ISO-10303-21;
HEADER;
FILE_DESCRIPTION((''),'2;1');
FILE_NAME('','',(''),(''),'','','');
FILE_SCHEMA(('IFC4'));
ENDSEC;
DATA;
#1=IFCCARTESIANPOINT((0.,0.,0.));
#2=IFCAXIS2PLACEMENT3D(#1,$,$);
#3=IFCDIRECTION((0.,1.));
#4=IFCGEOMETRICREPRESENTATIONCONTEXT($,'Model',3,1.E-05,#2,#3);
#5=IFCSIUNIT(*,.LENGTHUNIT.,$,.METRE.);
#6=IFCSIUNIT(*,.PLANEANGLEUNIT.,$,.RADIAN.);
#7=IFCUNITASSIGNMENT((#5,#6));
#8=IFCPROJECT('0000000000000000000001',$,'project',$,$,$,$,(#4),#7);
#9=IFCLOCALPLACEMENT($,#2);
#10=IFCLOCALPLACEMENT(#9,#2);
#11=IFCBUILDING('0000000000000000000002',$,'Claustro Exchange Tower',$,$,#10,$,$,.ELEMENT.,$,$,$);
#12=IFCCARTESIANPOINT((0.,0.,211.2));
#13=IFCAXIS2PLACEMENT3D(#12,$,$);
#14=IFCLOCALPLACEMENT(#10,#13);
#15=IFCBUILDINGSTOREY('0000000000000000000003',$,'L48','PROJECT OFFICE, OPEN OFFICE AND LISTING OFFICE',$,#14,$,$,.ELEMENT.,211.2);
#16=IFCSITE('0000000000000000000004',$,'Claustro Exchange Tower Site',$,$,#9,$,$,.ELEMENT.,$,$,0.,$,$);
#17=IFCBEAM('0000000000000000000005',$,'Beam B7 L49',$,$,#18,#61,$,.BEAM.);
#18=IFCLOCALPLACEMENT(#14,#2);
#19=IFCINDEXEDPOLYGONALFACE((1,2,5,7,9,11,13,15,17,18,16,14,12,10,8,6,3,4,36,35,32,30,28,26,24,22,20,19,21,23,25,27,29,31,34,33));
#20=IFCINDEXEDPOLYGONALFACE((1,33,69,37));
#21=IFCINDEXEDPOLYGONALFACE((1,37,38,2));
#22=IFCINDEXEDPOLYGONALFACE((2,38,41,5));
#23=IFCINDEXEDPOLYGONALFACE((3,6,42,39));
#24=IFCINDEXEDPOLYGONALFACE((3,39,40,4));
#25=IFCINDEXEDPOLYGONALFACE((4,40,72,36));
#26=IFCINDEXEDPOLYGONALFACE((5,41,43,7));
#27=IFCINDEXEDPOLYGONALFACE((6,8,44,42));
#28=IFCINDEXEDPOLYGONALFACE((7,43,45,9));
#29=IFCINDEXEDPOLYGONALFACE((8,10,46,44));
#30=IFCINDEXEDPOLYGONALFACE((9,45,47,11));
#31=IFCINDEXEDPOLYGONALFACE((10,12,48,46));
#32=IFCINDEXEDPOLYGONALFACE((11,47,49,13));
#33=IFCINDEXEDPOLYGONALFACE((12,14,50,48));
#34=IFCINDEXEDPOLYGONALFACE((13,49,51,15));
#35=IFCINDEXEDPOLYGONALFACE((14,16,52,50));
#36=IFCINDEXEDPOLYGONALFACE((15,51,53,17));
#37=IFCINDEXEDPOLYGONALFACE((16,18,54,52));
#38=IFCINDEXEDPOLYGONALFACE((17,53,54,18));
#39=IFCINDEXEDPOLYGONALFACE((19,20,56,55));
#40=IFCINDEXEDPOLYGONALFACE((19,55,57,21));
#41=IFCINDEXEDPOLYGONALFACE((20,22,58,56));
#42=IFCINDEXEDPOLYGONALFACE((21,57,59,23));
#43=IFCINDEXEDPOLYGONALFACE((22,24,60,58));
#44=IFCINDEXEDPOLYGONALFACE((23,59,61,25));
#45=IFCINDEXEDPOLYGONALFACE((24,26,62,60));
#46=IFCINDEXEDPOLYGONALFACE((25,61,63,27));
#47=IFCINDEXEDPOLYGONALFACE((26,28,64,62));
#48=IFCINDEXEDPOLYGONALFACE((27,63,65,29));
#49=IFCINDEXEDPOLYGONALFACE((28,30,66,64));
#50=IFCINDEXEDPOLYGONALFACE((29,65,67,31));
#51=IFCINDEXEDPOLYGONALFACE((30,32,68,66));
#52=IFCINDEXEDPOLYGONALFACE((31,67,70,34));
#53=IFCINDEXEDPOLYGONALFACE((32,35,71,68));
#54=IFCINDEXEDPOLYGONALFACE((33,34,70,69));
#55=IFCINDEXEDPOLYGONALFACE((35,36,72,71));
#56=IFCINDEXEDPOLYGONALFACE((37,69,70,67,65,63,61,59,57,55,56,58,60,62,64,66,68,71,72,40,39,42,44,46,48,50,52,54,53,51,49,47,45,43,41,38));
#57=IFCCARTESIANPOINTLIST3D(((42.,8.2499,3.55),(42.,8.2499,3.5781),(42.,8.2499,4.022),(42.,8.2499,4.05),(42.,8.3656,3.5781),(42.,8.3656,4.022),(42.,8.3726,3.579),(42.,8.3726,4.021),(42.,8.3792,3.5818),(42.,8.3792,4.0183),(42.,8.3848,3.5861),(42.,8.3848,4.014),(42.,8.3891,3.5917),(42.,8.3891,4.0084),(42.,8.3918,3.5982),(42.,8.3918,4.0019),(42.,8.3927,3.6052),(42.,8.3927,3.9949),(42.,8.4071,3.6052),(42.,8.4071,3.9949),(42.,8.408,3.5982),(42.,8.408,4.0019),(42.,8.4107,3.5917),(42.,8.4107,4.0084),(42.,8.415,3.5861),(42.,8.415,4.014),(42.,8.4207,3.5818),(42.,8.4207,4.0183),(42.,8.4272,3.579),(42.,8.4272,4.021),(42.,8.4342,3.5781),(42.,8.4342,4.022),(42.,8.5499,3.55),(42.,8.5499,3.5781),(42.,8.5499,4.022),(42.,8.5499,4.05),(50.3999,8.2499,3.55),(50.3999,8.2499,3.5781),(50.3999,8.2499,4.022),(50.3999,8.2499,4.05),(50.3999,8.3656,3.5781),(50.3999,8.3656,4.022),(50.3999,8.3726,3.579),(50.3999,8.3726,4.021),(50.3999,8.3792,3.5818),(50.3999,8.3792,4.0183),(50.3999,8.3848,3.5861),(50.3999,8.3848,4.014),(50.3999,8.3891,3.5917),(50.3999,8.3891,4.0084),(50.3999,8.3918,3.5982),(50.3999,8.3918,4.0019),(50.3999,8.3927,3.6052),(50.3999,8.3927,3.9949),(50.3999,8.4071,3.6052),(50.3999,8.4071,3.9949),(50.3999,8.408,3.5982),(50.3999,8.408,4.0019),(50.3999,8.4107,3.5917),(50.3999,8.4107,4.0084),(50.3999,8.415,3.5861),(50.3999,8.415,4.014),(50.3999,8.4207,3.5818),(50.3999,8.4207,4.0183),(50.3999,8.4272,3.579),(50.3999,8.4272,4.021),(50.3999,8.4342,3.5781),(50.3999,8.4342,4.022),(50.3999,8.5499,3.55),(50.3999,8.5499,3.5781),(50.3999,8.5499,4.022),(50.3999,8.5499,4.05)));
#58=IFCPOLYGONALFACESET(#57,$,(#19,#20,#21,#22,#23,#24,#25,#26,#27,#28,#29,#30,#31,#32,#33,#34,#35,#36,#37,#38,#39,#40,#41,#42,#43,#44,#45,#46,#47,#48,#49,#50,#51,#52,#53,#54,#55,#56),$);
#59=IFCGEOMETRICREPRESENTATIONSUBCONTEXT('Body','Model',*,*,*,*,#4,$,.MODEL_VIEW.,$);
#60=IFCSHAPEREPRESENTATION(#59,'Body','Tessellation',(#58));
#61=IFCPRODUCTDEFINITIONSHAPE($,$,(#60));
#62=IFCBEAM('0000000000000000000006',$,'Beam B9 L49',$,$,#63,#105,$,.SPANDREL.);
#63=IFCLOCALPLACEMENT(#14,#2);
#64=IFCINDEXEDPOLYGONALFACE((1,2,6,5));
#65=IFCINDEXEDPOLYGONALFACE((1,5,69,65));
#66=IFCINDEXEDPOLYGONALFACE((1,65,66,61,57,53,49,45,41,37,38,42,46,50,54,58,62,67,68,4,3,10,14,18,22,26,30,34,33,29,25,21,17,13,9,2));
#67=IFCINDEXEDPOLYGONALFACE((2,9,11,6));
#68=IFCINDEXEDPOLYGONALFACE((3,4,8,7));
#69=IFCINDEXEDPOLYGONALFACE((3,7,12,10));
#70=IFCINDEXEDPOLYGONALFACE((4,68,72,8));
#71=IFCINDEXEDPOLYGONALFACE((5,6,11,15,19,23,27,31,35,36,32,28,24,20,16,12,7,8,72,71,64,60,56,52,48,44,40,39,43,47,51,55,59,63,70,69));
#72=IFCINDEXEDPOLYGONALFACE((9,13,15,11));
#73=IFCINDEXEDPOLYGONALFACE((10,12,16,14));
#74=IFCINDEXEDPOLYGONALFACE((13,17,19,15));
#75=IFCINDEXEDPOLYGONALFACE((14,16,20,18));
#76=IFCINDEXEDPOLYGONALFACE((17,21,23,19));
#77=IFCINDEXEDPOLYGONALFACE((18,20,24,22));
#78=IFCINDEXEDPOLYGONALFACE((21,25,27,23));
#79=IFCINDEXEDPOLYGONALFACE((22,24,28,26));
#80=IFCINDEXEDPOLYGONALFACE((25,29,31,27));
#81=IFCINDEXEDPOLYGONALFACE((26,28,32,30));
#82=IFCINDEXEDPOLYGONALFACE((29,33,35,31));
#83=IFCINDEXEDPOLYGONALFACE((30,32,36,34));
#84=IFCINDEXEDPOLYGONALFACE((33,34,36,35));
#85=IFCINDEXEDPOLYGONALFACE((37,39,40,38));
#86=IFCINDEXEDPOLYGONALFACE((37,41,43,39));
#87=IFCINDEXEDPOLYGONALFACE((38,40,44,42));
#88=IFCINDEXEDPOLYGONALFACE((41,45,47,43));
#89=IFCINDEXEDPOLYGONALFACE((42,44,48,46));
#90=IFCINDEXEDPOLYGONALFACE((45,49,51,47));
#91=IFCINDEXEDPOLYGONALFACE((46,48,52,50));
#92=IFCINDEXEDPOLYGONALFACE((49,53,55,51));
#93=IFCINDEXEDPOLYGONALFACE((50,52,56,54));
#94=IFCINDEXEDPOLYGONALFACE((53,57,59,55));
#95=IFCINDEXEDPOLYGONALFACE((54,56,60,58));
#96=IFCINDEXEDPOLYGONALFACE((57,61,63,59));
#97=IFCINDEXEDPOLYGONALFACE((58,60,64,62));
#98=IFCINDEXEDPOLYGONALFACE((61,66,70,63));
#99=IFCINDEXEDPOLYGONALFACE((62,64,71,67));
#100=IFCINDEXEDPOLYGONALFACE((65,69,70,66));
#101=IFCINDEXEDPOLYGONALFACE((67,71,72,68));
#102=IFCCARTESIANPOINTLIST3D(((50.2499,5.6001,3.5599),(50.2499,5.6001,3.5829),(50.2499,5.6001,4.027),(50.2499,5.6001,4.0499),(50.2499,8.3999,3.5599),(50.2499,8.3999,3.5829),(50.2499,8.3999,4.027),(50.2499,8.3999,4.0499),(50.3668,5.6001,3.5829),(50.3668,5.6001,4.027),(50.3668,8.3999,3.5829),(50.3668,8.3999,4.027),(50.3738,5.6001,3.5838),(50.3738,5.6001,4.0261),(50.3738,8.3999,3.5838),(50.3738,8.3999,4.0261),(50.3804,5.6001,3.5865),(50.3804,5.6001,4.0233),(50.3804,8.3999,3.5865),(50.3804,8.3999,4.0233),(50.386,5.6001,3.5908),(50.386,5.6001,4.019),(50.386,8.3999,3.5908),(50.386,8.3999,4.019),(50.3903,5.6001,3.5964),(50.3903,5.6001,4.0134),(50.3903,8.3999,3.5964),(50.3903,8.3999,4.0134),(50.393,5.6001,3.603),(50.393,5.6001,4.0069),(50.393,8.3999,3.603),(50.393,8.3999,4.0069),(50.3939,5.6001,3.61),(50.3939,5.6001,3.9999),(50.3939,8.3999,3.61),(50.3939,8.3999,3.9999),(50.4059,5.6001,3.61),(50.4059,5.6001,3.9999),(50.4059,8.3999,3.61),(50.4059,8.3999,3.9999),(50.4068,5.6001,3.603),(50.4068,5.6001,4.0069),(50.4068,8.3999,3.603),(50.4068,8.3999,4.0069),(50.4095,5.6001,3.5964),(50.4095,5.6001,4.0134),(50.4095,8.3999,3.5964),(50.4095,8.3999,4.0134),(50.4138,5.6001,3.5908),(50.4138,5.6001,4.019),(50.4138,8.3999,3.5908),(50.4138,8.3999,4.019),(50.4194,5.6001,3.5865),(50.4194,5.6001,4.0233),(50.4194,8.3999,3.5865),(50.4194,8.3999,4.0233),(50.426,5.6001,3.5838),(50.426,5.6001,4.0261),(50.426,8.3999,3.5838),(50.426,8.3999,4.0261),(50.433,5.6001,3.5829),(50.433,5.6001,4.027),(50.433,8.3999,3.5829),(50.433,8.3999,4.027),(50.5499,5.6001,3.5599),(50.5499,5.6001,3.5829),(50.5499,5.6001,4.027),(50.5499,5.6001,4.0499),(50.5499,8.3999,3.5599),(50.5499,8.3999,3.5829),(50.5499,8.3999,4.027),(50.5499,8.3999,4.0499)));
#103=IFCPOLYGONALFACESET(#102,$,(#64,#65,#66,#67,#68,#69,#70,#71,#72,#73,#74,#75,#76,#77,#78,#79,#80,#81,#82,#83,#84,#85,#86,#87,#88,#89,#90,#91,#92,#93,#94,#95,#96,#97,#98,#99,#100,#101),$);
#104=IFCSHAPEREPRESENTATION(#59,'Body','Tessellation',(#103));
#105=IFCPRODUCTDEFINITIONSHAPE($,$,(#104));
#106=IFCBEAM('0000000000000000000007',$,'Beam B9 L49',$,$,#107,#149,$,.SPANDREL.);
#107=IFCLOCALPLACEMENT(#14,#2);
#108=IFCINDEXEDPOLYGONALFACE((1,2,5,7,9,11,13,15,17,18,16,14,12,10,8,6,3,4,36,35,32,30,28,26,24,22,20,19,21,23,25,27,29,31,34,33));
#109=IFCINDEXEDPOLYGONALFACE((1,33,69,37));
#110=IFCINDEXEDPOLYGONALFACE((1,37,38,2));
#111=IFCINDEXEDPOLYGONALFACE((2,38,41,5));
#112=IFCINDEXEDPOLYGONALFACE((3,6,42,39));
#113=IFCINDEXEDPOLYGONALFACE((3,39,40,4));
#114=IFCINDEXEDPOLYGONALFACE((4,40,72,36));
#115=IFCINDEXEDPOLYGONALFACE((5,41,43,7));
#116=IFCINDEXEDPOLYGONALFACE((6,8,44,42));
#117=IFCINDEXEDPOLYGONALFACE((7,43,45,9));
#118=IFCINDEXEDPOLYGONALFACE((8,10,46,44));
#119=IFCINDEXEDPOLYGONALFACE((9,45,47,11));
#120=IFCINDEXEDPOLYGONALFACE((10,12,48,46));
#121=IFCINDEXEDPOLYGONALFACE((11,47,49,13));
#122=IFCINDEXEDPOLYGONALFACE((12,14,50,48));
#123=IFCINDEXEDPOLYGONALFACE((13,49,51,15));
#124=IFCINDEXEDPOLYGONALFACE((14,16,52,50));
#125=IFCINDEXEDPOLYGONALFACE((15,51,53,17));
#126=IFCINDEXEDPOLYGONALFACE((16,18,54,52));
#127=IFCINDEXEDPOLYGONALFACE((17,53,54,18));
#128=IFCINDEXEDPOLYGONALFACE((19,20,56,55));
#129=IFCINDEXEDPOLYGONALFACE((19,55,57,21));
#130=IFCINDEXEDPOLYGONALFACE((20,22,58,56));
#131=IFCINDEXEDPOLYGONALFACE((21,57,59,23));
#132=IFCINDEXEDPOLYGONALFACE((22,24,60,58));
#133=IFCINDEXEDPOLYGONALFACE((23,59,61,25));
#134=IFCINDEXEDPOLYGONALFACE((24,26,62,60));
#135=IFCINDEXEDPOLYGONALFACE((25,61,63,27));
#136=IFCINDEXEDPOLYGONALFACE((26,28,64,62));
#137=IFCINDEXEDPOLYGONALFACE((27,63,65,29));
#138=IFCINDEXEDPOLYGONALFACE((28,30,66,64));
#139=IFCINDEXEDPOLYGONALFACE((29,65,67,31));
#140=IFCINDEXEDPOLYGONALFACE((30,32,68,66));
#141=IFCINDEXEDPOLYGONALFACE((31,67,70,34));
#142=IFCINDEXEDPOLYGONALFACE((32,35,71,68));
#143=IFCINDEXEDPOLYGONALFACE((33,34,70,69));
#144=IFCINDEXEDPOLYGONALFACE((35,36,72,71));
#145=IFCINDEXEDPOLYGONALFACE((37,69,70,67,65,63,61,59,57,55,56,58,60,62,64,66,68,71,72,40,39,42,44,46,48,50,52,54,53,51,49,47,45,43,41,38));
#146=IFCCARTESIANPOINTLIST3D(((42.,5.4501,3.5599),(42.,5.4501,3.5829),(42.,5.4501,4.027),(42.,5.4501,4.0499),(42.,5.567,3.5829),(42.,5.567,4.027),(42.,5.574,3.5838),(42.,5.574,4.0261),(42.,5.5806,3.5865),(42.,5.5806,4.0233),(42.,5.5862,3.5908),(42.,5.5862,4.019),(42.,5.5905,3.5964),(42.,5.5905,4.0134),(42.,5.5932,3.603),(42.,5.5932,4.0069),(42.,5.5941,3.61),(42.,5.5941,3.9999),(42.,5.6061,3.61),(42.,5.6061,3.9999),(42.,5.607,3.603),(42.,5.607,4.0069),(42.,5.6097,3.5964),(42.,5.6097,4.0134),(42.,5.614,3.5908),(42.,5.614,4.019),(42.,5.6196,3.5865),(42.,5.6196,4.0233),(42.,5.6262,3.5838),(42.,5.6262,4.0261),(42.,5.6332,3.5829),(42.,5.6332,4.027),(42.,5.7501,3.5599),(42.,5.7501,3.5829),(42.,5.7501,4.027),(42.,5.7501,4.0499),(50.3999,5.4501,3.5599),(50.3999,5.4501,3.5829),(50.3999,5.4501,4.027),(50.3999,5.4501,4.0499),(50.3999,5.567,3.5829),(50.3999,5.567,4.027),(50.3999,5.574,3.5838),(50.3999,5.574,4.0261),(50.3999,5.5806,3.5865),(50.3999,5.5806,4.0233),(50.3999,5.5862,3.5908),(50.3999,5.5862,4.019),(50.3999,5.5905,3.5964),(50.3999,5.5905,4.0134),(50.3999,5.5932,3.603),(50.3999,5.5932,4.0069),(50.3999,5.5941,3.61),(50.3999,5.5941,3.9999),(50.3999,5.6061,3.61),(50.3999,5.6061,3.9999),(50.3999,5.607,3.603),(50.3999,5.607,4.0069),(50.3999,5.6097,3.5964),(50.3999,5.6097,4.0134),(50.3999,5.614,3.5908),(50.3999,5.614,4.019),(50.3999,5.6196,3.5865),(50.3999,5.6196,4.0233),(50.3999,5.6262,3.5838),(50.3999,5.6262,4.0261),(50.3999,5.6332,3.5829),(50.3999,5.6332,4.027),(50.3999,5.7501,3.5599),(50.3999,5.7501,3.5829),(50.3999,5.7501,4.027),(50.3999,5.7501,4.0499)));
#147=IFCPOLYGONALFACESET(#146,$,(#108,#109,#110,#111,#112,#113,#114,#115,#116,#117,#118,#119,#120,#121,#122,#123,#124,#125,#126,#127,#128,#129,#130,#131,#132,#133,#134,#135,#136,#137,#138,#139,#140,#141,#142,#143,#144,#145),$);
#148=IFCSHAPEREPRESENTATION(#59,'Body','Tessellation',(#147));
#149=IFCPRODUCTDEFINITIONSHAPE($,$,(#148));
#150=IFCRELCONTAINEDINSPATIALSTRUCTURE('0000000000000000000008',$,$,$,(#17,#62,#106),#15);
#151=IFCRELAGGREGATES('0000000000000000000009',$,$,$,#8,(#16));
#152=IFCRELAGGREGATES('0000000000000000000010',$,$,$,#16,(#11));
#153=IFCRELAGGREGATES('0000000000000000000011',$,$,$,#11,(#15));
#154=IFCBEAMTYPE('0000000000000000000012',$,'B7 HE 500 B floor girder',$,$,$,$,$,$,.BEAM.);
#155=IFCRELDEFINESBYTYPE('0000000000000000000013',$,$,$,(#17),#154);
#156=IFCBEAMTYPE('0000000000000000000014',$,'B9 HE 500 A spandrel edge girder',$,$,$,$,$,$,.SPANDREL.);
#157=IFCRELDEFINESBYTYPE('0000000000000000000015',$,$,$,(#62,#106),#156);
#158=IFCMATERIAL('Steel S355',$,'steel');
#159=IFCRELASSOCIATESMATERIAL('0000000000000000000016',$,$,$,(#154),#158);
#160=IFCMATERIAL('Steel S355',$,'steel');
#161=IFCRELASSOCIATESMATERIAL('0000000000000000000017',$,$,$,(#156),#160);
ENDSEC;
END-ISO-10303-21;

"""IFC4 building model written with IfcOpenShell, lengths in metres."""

from ifc_helpers import new_model, si_unit, direction, frame, origin, origin_2d, place, context, subcontext, project, spatial, i_section, extrude, material, material_profile, profile_set, type_object, element, save


model = new_model("IFC4")

# Units and contexts
model_context = context("Model", 3, precision=1e-05, world=origin(), true_north=direction((0.0, 1.0)))
body_context = subcontext(model_context, "Body", "Model", "MODEL_VIEW")
ifc_project = project(units=[si_unit("LENGTHUNIT", "METRE"), si_unit("PLANEANGLEUNIT", "RADIAN")], contexts=[model_context])

# Site, building, storey
site_placement = place(None, origin())
site = spatial("IfcSite", under=ifc_project, at=site_placement, Name="Claustro Exchange Tower Site", CompositionType="ELEMENT", RefElevation=0.0)
building_placement = place(site_placement, origin())
building = spatial("IfcBuilding", under=site, at=building_placement, Name="Claustro Exchange Tower", CompositionType="ELEMENT")
storey_placement = place(building_placement, frame((0.0, 0.0, 211.2)))
storey = spatial("IfcBuildingStorey", under=building, at=storey_placement, Name="L48", Description="PROJECT OFFICE, OPEN OFFICE AND LISTING OFFICE", CompositionType="ELEMENT", Elevation=211.2)

# Beams
ifc_material_1 = material(Name="Steel S355", Category="steel")
ifc_material_profile_1 = material_profile(ifc_material_1, i_section(OverallWidth=0.3, OverallDepth=0.5, WebThickness=0.0144, FlangeThickness=0.0281, FilletRadius=0.0271, at=origin_2d()), Name="HE 500 B")
ifc_profile_set_1 = profile_set([ifc_material_profile_1], Name="Steel S355")
beam_type_1 = type_object("IfcBeamType", Name="B7 HE 500 B floor girder", PredefinedType="BEAM", material=ifc_profile_set_1)
beam_1_placement = place(storey_placement, frame((42.0, 8.3999, 3.8), z_axis=(1.0, 0.0, 0.0), x_axis=(0.0, 1.0, 0.0)))
element("IfcBeam", 1, at=beam_1_placement, inside=storey, type_object=beam_type_1, Name="Beam B7 L49", PredefinedType="BEAM", context=body_context, shape_type="SweptSolid", body=[
    extrude(i_section(OverallWidth=0.3, OverallDepth=0.5, WebThickness=0.0144, FlangeThickness=0.0281, FilletRadius=0.0271, at=origin_2d()), origin(), (0.0, 0.0, 1.0), 8.3999),
])
ifc_material_2 = material(Name="Steel S355", Category="steel")
ifc_material_profile_2 = material_profile(ifc_material_2, i_section(OverallWidth=0.3, OverallDepth=0.49, WebThickness=0.012, FlangeThickness=0.0229, FilletRadius=0.0271, at=origin_2d()), Name="HE 500 A")
ifc_profile_set_2 = profile_set([ifc_material_profile_2], Name="Steel S355")
beam_type_2 = type_object("IfcBeamType", Name="B9 HE 500 A spandrel edge girder", PredefinedType="SPANDREL", material=ifc_profile_set_2)
beam_2_placement = place(storey_placement, frame((50.3999, 5.6001, 3.8049), z_axis=(0.0, 1.0, 0.0), x_axis=(-1.0, 0.0, 0.0)))
element("IfcBeam", 2, at=beam_2_placement, inside=storey, type_object=beam_type_2, Name="Beam B9 L49", PredefinedType="SPANDREL", context=body_context, shape_type="SweptSolid", body=[
    extrude(i_section(OverallWidth=0.3, OverallDepth=0.49, WebThickness=0.012, FlangeThickness=0.0229, FilletRadius=0.0271, at=origin_2d()), origin(), (0.0, 0.0, 1.0), 2.7998),
])
beam_3_placement = place(storey_placement, frame((42.0, 5.6001, 3.8049), z_axis=(1.0, 0.0, 0.0), x_axis=(0.0, 1.0, 0.0)))
element("IfcBeam", 3, at=beam_3_placement, inside=storey, type_object=beam_type_2, Name="Beam B9 L49", PredefinedType="SPANDREL", context=body_context, shape_type="SweptSolid", body=[
    extrude(i_section(OverallWidth=0.3, OverallDepth=0.49, WebThickness=0.012, FlangeThickness=0.0229, FilletRadius=0.0271, at=origin_2d()), origin(), (0.0, 0.0, 1.0), 8.3999),
])

save(model, "model.ifc")
